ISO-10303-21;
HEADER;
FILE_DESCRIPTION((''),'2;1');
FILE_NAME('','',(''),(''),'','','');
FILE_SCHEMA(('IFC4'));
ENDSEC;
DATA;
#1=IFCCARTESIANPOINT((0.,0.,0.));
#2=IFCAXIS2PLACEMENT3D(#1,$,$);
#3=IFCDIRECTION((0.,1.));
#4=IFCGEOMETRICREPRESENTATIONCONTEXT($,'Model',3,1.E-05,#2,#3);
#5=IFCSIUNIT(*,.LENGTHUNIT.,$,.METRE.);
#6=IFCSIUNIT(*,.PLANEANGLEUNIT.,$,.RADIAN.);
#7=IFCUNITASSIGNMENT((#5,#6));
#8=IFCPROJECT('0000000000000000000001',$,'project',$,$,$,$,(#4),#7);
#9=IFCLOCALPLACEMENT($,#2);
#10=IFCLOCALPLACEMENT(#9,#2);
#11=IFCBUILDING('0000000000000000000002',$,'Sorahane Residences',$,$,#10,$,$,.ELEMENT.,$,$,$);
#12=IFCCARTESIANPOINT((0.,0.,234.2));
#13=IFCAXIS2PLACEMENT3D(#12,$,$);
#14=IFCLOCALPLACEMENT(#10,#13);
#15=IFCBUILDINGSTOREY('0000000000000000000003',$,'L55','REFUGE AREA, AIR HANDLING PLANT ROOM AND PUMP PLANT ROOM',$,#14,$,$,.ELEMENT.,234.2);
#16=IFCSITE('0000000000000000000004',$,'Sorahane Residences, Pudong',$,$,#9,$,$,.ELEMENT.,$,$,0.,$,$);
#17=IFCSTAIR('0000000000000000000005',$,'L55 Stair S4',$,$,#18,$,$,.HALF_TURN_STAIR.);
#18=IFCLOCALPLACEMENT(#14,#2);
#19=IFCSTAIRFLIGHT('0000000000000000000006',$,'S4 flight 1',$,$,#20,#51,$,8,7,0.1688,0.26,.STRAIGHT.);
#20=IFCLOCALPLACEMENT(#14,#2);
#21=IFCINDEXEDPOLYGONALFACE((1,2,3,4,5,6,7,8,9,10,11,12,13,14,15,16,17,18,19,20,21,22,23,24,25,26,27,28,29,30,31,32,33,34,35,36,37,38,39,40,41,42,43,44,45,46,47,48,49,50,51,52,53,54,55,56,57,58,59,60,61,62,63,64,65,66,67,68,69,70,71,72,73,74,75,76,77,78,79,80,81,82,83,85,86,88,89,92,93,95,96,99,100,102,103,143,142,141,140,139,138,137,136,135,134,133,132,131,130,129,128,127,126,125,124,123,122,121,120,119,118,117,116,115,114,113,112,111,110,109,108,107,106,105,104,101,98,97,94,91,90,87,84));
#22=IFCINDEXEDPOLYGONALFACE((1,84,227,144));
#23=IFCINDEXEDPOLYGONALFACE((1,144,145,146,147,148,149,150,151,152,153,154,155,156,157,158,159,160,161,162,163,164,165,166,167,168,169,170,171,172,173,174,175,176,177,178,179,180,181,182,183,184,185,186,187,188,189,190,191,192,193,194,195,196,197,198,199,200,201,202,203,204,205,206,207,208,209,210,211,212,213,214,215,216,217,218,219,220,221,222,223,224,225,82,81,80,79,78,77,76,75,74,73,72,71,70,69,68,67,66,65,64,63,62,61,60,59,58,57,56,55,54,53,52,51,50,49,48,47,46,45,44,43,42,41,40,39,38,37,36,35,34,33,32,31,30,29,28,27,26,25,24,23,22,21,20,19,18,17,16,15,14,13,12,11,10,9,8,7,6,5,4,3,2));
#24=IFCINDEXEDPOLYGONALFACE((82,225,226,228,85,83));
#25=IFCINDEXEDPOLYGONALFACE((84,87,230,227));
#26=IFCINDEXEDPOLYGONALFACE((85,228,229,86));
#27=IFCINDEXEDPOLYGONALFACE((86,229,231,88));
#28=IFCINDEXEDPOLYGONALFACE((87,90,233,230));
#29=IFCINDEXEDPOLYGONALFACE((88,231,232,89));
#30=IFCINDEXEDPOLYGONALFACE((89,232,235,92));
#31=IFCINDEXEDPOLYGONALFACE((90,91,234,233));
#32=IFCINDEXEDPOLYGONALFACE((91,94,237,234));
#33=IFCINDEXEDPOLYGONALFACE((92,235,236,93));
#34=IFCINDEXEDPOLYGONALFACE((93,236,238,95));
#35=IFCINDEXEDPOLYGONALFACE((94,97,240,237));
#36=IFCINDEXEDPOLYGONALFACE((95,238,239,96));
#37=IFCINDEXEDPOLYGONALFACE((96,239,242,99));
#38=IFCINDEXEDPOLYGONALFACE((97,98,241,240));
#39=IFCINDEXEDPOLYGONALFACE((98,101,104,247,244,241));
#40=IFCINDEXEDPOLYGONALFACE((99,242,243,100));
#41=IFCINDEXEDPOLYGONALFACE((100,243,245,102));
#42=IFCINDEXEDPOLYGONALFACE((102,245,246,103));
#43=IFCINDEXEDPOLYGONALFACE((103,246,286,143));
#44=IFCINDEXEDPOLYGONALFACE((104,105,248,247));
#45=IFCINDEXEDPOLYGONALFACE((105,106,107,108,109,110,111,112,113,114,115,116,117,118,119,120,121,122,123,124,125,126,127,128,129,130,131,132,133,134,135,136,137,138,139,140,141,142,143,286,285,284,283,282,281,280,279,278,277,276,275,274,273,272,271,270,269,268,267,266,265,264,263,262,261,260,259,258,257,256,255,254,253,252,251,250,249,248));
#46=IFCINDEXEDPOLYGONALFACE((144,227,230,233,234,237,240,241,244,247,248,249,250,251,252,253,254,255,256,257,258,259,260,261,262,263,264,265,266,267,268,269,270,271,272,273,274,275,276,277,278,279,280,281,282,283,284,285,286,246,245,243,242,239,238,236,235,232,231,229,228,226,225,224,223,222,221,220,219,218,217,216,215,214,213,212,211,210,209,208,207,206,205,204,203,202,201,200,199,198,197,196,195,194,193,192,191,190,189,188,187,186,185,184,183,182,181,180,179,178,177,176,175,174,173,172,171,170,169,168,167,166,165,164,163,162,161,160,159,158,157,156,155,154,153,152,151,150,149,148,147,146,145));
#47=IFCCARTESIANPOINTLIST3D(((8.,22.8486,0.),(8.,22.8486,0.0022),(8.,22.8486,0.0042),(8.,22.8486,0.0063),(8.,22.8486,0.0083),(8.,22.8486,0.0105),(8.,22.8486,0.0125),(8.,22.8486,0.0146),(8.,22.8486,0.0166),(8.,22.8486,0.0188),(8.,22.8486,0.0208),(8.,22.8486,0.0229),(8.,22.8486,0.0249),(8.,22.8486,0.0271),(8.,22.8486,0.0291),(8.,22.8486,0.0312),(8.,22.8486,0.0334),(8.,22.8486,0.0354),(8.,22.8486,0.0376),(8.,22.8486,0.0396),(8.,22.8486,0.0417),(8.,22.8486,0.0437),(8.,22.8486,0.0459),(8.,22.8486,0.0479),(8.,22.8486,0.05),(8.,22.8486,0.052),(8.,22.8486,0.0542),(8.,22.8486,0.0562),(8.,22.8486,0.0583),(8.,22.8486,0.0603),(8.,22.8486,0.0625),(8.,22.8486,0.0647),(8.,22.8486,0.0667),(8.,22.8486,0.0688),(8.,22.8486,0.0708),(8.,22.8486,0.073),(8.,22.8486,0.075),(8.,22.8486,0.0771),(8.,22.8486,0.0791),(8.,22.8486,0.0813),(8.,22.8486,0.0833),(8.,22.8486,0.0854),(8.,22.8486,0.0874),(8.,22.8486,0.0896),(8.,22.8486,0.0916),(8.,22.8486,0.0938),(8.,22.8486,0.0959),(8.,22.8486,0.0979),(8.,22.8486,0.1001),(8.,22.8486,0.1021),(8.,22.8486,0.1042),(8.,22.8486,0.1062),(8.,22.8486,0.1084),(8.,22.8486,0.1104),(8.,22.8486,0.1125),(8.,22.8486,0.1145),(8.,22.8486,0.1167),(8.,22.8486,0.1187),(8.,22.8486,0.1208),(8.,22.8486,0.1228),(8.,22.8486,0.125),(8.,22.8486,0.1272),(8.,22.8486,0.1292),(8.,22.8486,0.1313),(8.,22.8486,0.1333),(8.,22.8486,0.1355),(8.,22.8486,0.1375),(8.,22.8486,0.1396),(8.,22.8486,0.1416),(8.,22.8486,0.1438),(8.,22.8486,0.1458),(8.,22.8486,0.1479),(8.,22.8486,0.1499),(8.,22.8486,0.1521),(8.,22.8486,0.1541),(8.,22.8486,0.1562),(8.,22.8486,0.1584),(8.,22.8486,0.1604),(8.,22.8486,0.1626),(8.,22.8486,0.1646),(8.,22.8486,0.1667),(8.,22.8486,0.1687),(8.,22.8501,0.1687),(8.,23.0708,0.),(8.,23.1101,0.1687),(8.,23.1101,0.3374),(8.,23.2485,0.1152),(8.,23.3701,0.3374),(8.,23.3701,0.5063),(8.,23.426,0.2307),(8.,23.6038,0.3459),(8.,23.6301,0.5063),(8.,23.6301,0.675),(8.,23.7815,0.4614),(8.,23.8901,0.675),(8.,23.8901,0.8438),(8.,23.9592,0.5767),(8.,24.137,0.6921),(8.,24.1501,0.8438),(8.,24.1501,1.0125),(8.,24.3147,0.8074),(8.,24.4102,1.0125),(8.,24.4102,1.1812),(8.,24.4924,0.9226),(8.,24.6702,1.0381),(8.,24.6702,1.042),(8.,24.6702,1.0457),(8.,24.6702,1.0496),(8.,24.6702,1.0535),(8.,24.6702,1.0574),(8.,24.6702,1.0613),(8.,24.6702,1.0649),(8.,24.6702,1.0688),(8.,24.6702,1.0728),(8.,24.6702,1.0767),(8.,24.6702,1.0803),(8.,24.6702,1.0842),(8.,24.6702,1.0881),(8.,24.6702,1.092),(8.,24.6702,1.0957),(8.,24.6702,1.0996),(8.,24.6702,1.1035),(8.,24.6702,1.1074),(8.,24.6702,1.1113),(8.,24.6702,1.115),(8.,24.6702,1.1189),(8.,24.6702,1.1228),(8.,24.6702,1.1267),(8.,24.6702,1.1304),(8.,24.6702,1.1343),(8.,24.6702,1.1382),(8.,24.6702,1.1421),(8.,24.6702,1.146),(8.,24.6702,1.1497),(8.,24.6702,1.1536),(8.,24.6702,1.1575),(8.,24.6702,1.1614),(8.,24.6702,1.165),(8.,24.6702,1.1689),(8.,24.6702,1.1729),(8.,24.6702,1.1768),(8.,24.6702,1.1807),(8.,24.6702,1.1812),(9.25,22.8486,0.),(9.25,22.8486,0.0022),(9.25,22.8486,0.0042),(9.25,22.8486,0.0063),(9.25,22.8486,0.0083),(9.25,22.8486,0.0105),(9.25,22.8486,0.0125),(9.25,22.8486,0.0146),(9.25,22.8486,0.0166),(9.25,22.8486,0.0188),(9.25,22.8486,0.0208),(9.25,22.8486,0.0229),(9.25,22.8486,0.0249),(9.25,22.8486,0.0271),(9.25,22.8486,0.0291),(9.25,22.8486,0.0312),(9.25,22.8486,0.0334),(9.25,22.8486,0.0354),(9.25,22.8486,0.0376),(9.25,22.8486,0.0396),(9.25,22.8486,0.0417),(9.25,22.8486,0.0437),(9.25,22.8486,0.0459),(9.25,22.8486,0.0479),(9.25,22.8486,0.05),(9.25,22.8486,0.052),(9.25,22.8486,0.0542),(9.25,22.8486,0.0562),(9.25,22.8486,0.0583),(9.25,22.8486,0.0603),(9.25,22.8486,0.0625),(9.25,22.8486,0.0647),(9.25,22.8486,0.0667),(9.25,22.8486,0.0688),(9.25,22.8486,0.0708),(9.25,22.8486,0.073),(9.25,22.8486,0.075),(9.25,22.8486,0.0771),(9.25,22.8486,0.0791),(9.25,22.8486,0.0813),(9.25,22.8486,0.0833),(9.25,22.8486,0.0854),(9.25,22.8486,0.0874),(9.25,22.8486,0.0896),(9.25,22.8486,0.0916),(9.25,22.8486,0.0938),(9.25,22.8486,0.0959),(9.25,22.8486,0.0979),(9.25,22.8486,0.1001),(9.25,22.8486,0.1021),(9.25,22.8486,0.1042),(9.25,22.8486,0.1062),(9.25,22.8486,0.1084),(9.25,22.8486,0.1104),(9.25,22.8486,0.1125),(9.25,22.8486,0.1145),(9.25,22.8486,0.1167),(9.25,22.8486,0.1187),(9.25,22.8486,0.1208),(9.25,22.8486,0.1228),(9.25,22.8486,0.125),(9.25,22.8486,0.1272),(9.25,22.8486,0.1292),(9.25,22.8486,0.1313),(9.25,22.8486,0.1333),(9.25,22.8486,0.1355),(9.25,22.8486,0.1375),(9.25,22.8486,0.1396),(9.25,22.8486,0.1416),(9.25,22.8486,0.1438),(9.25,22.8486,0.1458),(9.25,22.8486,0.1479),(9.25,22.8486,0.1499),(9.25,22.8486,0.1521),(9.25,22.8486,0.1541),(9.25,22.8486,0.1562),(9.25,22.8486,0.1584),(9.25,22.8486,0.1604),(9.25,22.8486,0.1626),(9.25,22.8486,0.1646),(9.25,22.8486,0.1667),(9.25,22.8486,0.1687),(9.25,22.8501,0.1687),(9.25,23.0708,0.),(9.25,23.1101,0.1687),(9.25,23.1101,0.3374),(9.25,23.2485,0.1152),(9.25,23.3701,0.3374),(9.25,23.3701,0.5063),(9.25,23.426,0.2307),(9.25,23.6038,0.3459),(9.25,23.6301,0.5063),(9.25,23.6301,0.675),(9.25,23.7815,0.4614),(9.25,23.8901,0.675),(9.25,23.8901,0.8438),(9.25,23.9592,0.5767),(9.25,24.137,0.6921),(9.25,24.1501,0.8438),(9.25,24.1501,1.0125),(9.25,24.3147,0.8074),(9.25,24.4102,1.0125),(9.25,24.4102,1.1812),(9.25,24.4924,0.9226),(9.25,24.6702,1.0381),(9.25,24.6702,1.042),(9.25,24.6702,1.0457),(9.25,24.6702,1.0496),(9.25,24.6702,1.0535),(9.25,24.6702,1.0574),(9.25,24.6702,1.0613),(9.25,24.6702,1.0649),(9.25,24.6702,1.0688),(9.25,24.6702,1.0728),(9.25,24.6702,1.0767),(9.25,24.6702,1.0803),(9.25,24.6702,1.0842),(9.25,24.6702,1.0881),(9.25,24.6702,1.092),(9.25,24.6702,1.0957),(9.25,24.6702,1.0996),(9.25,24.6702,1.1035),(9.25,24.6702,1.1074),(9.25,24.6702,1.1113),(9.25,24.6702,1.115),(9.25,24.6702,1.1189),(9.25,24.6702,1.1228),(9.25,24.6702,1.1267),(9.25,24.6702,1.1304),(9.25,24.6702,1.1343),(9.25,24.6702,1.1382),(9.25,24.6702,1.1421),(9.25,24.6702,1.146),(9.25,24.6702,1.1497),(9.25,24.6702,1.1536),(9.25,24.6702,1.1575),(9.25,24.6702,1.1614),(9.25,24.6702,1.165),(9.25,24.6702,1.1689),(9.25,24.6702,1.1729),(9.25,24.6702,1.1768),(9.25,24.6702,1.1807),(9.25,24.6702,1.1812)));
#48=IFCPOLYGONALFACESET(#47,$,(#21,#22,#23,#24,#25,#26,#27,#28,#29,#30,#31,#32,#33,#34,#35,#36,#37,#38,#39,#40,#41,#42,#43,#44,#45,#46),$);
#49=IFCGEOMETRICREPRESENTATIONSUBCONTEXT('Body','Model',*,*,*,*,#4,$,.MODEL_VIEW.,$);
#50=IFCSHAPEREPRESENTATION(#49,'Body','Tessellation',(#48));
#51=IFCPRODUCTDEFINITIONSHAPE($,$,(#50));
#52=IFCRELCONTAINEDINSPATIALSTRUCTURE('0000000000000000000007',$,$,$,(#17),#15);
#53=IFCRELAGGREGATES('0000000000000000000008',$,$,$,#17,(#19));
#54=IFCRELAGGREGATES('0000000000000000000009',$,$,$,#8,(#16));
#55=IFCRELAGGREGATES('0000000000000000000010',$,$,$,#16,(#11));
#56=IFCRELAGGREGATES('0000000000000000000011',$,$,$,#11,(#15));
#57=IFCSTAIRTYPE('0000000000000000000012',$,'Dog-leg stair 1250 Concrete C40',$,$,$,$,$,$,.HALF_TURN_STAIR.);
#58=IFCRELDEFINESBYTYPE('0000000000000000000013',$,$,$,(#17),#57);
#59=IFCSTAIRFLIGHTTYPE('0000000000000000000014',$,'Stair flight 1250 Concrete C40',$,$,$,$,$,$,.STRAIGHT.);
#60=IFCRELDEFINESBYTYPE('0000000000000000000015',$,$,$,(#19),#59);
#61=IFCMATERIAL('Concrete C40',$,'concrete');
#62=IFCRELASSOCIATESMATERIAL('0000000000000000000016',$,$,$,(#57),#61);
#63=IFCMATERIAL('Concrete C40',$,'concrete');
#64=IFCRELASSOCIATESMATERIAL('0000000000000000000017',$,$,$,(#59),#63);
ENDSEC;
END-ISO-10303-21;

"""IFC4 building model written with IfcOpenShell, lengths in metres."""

from ifc_helpers import new_model, si_unit, direction, frame, origin, place, context, subcontext, project, spatial, polyline, outline, extrude, material, type_object, element, aggregate, save


model = new_model("IFC4")

# Units and contexts
model_context = context("Model", 3, precision=1e-05, world=origin(), true_north=direction((0.0, 1.0)))
body_context = subcontext(model_context, "Body", "Model", "MODEL_VIEW")
ifc_project = project(units=[si_unit("LENGTHUNIT", "METRE"), si_unit("PLANEANGLEUNIT", "RADIAN")], contexts=[model_context])

# Site, building, storey
site_placement = place(None, origin())
site = spatial("IfcSite", under=ifc_project, at=site_placement, Name="Sorahane Residences, Pudong", CompositionType="ELEMENT", RefElevation=0.0)
building_placement = place(site_placement, origin())
building = spatial("IfcBuilding", under=site, at=building_placement, Name="Sorahane Residences", CompositionType="ELEMENT")
storey_placement = place(building_placement, frame((0.0, 0.0, 234.2)))
storey = spatial("IfcBuildingStorey", under=building, at=storey_placement, Name="L55", Description="REFUGE AREA, AIR HANDLING PLANT ROOM AND PUMP PLANT ROOM", CompositionType="ELEMENT", Elevation=234.2)

# Stair, stair flight
ifc_material_1 = material(Name="Concrete C40", Category="concrete")
stair_type = type_object("IfcStairType", Name="Dog-leg stair 1250 Concrete C40", PredefinedType="HALF_TURN_STAIR", material=ifc_material_1)
stair_placement = place(storey_placement, origin())
stair = element("IfcStair", 1, at=stair_placement, inside=storey, type_object=stair_type, Name="L55 Stair S4", PredefinedType="HALF_TURN_STAIR")
ifc_material_2 = material(Name="Concrete C40", Category="concrete")
stair_flight_type = type_object("IfcStairFlightType", Name="Stair flight 1250 Concrete C40", PredefinedType="STRAIGHT", material=ifc_material_2)
stair_flight_1_placement = place(storey_placement, frame((8.625, 22.8501, 0.0), z_axis=(0.0, 0.0, 1.0), x_axis=(0.0, 1.0, 0.0)))
stair_flight_1 = element("IfcStairFlight", 2, at=stair_flight_1_placement, type_object=stair_flight_type, Name="S4 flight 1", NumberOfRisers=8, NumberOfTreads=7, PredefinedType="STRAIGHT", RiserHeight=0.1688, TreadLength=0.26, context=body_context, shape_type="SweptSolid", body=[
    extrude(outline(polyline([(-0.0015, 0.0), (-0.0015, 0.0022), (-0.0015, 0.0042), (-0.0015, 0.0063), (-0.0015, 0.0083), (-0.0015, 0.0105), (-0.0015, 0.0125), (-0.0015, 0.0146), (-0.0015, 0.0166), (-0.0015, 0.0188), (-0.0015, 0.0208), (-0.0015, 0.0229), (-0.0015, 0.0249), (-0.0015, 0.0271), (-0.0015, 0.0291), (-0.0015, 0.0312), (-0.0015, 0.0334), (-0.0015, 0.0354), (-0.0015, 0.0376), (-0.0015, 0.0396), (-0.0015, 0.0417), (-0.0015, 0.0437), (-0.0015, 0.0459), (-0.0015, 0.0479), (-0.0015, 0.05), (-0.0015, 0.052), (-0.0015, 0.0542), (-0.0015, 0.0562), (-0.0015, 0.0583), (-0.0015, 0.0603), (-0.0015, 0.0625), (-0.0015, 0.0647), (-0.0015, 0.0667), (-0.0015, 0.0688), (-0.0015, 0.0708), (-0.0015, 0.073), (-0.0015, 0.075), (-0.0015, 0.0771), (-0.0015, 0.0791), (-0.0015, 0.0813), (-0.0015, 0.0833), (-0.0015, 0.0854), (-0.0015, 0.0874), (-0.0015, 0.0896), (-0.0015, 0.0916), (-0.0015, 0.0938), (-0.0015, 0.0959), (-0.0015, 0.0979), (-0.0015, 0.1001), (-0.0015, 0.1021), (-0.0015, 0.1042), (-0.0015, 0.1062), (-0.0015, 0.1084), (-0.0015, 0.1104), (-0.0015, 0.1125), (-0.0015, 0.1145), (-0.0015, 0.1167), (-0.0015, 0.1187), (-0.0015, 0.1208), (-0.0015, 0.1228), (-0.0015, 0.125), (-0.0015, 0.1272), (-0.0015, 0.1292), (-0.0015, 0.1313), (-0.0015, 0.1333), (-0.0015, 0.1355), (-0.0015, 0.1375), (-0.0015, 0.1396), (-0.0015, 0.1416), (-0.0015, 0.1438), (-0.0015, 0.1458), (-0.0015, 0.1479), (-0.0015, 0.1499), (-0.0015, 0.1521), (-0.0015, 0.1541), (-0.0015, 0.1562), (-0.0015, 0.1584), (-0.0015, 0.1604), (-0.0015, 0.1626), (-0.0015, 0.1646), (-0.0015, 0.1667), (-0.0015, 0.1687), (0.0, 0.1687), (0.26, 0.1687), (0.26, 0.3374), (0.52, 0.3374), (0.52, 0.5063), (0.78, 0.5063), (0.78, 0.675), (1.04, 0.675), (1.04, 0.8438), (1.3, 0.8438), (1.3, 1.0125), (1.5601, 1.0125), (1.5601, 1.1812), (1.8201, 1.1812), (1.8201, 1.3501), (1.8201, 1.3462), (1.8201, 1.3423), (1.8201, 1.3384), (1.8201, 1.3347), (1.8201, 1.3308), (1.8201, 1.3269), (1.8201, 1.323), (1.8201, 1.3191), (1.8201, 1.3154), (1.8201, 1.3115), (1.8201, 1.3076), (1.8201, 1.3037), (1.8201, 1.3), (1.8201, 1.2961), (1.8201, 1.2922), (1.8201, 1.2883), (1.8201, 1.2844), (1.8201, 1.2808), (1.8201, 1.2769), (1.8201, 1.2729), (1.8201, 1.269), (1.8201, 1.2654), (1.8201, 1.2615), (1.8201, 1.2576), (1.8201, 1.2537), (1.8201, 1.2498), (1.8201, 1.2461), (1.8201, 1.2422), (1.8201, 1.2383), (1.8201, 1.2344), (1.8201, 1.2307), (1.8201, 1.2268), (1.8201, 1.2229), (1.8201, 1.219), (1.8201, 1.2151), (1.8201, 1.2114), (1.8201, 1.2075), (1.8201, 1.2036), (1.8201, 1.1997), (1.8201, 1.196), (1.8201, 1.1921), (1.8201, 1.1882), (1.8201, 1.1843), (1.8201, 1.1807), (1.8201, 1.1768), (1.8201, 1.1729), (1.8201, 1.1689), (1.8201, 1.165), (1.8201, 1.1614), (1.8201, 1.1575), (1.8201, 1.1536), (1.8201, 1.1497), (1.8201, 1.146), (1.8201, 1.1421), (1.8201, 1.1382), (1.8201, 1.1343), (1.8201, 1.1304), (1.8201, 1.1267), (1.8201, 1.1228), (1.8201, 1.1189), (1.8201, 1.115), (1.8201, 1.1113), (1.8201, 1.1074), (1.8201, 1.1035), (1.8201, 1.0996), (1.8201, 1.0957), (1.8201, 1.092), (1.8201, 1.0881), (1.8201, 1.0842), (1.8201, 1.0803), (1.8201, 1.0767), (1.8201, 1.0728), (1.8201, 1.0688), (1.8201, 1.0649), (1.8201, 1.0613), (1.8201, 1.0574), (1.8201, 1.0535), (1.8201, 1.0496), (1.8201, 1.0457), (1.8201, 1.042), (1.8201, 1.0381), (1.6423, 0.9226), (1.4646, 0.8074), (1.2869, 0.6921), (1.1091, 0.5767), (0.9314, 0.4614), (0.7537, 0.3459), (0.5759, 0.2307), (0.3984, 0.1152), (0.2207, 0.0), (-0.0015, 0.0)])), frame((0.0, 0.625, 0.0), z_axis=(0.0, -1.0, 0.0), x_axis=(1.0, 0.0, 0.0)), (0.0, 0.0, 1.0), 1.25),
])
aggregate(stair, [stair_flight_1])

save(model, "model.ifc")
